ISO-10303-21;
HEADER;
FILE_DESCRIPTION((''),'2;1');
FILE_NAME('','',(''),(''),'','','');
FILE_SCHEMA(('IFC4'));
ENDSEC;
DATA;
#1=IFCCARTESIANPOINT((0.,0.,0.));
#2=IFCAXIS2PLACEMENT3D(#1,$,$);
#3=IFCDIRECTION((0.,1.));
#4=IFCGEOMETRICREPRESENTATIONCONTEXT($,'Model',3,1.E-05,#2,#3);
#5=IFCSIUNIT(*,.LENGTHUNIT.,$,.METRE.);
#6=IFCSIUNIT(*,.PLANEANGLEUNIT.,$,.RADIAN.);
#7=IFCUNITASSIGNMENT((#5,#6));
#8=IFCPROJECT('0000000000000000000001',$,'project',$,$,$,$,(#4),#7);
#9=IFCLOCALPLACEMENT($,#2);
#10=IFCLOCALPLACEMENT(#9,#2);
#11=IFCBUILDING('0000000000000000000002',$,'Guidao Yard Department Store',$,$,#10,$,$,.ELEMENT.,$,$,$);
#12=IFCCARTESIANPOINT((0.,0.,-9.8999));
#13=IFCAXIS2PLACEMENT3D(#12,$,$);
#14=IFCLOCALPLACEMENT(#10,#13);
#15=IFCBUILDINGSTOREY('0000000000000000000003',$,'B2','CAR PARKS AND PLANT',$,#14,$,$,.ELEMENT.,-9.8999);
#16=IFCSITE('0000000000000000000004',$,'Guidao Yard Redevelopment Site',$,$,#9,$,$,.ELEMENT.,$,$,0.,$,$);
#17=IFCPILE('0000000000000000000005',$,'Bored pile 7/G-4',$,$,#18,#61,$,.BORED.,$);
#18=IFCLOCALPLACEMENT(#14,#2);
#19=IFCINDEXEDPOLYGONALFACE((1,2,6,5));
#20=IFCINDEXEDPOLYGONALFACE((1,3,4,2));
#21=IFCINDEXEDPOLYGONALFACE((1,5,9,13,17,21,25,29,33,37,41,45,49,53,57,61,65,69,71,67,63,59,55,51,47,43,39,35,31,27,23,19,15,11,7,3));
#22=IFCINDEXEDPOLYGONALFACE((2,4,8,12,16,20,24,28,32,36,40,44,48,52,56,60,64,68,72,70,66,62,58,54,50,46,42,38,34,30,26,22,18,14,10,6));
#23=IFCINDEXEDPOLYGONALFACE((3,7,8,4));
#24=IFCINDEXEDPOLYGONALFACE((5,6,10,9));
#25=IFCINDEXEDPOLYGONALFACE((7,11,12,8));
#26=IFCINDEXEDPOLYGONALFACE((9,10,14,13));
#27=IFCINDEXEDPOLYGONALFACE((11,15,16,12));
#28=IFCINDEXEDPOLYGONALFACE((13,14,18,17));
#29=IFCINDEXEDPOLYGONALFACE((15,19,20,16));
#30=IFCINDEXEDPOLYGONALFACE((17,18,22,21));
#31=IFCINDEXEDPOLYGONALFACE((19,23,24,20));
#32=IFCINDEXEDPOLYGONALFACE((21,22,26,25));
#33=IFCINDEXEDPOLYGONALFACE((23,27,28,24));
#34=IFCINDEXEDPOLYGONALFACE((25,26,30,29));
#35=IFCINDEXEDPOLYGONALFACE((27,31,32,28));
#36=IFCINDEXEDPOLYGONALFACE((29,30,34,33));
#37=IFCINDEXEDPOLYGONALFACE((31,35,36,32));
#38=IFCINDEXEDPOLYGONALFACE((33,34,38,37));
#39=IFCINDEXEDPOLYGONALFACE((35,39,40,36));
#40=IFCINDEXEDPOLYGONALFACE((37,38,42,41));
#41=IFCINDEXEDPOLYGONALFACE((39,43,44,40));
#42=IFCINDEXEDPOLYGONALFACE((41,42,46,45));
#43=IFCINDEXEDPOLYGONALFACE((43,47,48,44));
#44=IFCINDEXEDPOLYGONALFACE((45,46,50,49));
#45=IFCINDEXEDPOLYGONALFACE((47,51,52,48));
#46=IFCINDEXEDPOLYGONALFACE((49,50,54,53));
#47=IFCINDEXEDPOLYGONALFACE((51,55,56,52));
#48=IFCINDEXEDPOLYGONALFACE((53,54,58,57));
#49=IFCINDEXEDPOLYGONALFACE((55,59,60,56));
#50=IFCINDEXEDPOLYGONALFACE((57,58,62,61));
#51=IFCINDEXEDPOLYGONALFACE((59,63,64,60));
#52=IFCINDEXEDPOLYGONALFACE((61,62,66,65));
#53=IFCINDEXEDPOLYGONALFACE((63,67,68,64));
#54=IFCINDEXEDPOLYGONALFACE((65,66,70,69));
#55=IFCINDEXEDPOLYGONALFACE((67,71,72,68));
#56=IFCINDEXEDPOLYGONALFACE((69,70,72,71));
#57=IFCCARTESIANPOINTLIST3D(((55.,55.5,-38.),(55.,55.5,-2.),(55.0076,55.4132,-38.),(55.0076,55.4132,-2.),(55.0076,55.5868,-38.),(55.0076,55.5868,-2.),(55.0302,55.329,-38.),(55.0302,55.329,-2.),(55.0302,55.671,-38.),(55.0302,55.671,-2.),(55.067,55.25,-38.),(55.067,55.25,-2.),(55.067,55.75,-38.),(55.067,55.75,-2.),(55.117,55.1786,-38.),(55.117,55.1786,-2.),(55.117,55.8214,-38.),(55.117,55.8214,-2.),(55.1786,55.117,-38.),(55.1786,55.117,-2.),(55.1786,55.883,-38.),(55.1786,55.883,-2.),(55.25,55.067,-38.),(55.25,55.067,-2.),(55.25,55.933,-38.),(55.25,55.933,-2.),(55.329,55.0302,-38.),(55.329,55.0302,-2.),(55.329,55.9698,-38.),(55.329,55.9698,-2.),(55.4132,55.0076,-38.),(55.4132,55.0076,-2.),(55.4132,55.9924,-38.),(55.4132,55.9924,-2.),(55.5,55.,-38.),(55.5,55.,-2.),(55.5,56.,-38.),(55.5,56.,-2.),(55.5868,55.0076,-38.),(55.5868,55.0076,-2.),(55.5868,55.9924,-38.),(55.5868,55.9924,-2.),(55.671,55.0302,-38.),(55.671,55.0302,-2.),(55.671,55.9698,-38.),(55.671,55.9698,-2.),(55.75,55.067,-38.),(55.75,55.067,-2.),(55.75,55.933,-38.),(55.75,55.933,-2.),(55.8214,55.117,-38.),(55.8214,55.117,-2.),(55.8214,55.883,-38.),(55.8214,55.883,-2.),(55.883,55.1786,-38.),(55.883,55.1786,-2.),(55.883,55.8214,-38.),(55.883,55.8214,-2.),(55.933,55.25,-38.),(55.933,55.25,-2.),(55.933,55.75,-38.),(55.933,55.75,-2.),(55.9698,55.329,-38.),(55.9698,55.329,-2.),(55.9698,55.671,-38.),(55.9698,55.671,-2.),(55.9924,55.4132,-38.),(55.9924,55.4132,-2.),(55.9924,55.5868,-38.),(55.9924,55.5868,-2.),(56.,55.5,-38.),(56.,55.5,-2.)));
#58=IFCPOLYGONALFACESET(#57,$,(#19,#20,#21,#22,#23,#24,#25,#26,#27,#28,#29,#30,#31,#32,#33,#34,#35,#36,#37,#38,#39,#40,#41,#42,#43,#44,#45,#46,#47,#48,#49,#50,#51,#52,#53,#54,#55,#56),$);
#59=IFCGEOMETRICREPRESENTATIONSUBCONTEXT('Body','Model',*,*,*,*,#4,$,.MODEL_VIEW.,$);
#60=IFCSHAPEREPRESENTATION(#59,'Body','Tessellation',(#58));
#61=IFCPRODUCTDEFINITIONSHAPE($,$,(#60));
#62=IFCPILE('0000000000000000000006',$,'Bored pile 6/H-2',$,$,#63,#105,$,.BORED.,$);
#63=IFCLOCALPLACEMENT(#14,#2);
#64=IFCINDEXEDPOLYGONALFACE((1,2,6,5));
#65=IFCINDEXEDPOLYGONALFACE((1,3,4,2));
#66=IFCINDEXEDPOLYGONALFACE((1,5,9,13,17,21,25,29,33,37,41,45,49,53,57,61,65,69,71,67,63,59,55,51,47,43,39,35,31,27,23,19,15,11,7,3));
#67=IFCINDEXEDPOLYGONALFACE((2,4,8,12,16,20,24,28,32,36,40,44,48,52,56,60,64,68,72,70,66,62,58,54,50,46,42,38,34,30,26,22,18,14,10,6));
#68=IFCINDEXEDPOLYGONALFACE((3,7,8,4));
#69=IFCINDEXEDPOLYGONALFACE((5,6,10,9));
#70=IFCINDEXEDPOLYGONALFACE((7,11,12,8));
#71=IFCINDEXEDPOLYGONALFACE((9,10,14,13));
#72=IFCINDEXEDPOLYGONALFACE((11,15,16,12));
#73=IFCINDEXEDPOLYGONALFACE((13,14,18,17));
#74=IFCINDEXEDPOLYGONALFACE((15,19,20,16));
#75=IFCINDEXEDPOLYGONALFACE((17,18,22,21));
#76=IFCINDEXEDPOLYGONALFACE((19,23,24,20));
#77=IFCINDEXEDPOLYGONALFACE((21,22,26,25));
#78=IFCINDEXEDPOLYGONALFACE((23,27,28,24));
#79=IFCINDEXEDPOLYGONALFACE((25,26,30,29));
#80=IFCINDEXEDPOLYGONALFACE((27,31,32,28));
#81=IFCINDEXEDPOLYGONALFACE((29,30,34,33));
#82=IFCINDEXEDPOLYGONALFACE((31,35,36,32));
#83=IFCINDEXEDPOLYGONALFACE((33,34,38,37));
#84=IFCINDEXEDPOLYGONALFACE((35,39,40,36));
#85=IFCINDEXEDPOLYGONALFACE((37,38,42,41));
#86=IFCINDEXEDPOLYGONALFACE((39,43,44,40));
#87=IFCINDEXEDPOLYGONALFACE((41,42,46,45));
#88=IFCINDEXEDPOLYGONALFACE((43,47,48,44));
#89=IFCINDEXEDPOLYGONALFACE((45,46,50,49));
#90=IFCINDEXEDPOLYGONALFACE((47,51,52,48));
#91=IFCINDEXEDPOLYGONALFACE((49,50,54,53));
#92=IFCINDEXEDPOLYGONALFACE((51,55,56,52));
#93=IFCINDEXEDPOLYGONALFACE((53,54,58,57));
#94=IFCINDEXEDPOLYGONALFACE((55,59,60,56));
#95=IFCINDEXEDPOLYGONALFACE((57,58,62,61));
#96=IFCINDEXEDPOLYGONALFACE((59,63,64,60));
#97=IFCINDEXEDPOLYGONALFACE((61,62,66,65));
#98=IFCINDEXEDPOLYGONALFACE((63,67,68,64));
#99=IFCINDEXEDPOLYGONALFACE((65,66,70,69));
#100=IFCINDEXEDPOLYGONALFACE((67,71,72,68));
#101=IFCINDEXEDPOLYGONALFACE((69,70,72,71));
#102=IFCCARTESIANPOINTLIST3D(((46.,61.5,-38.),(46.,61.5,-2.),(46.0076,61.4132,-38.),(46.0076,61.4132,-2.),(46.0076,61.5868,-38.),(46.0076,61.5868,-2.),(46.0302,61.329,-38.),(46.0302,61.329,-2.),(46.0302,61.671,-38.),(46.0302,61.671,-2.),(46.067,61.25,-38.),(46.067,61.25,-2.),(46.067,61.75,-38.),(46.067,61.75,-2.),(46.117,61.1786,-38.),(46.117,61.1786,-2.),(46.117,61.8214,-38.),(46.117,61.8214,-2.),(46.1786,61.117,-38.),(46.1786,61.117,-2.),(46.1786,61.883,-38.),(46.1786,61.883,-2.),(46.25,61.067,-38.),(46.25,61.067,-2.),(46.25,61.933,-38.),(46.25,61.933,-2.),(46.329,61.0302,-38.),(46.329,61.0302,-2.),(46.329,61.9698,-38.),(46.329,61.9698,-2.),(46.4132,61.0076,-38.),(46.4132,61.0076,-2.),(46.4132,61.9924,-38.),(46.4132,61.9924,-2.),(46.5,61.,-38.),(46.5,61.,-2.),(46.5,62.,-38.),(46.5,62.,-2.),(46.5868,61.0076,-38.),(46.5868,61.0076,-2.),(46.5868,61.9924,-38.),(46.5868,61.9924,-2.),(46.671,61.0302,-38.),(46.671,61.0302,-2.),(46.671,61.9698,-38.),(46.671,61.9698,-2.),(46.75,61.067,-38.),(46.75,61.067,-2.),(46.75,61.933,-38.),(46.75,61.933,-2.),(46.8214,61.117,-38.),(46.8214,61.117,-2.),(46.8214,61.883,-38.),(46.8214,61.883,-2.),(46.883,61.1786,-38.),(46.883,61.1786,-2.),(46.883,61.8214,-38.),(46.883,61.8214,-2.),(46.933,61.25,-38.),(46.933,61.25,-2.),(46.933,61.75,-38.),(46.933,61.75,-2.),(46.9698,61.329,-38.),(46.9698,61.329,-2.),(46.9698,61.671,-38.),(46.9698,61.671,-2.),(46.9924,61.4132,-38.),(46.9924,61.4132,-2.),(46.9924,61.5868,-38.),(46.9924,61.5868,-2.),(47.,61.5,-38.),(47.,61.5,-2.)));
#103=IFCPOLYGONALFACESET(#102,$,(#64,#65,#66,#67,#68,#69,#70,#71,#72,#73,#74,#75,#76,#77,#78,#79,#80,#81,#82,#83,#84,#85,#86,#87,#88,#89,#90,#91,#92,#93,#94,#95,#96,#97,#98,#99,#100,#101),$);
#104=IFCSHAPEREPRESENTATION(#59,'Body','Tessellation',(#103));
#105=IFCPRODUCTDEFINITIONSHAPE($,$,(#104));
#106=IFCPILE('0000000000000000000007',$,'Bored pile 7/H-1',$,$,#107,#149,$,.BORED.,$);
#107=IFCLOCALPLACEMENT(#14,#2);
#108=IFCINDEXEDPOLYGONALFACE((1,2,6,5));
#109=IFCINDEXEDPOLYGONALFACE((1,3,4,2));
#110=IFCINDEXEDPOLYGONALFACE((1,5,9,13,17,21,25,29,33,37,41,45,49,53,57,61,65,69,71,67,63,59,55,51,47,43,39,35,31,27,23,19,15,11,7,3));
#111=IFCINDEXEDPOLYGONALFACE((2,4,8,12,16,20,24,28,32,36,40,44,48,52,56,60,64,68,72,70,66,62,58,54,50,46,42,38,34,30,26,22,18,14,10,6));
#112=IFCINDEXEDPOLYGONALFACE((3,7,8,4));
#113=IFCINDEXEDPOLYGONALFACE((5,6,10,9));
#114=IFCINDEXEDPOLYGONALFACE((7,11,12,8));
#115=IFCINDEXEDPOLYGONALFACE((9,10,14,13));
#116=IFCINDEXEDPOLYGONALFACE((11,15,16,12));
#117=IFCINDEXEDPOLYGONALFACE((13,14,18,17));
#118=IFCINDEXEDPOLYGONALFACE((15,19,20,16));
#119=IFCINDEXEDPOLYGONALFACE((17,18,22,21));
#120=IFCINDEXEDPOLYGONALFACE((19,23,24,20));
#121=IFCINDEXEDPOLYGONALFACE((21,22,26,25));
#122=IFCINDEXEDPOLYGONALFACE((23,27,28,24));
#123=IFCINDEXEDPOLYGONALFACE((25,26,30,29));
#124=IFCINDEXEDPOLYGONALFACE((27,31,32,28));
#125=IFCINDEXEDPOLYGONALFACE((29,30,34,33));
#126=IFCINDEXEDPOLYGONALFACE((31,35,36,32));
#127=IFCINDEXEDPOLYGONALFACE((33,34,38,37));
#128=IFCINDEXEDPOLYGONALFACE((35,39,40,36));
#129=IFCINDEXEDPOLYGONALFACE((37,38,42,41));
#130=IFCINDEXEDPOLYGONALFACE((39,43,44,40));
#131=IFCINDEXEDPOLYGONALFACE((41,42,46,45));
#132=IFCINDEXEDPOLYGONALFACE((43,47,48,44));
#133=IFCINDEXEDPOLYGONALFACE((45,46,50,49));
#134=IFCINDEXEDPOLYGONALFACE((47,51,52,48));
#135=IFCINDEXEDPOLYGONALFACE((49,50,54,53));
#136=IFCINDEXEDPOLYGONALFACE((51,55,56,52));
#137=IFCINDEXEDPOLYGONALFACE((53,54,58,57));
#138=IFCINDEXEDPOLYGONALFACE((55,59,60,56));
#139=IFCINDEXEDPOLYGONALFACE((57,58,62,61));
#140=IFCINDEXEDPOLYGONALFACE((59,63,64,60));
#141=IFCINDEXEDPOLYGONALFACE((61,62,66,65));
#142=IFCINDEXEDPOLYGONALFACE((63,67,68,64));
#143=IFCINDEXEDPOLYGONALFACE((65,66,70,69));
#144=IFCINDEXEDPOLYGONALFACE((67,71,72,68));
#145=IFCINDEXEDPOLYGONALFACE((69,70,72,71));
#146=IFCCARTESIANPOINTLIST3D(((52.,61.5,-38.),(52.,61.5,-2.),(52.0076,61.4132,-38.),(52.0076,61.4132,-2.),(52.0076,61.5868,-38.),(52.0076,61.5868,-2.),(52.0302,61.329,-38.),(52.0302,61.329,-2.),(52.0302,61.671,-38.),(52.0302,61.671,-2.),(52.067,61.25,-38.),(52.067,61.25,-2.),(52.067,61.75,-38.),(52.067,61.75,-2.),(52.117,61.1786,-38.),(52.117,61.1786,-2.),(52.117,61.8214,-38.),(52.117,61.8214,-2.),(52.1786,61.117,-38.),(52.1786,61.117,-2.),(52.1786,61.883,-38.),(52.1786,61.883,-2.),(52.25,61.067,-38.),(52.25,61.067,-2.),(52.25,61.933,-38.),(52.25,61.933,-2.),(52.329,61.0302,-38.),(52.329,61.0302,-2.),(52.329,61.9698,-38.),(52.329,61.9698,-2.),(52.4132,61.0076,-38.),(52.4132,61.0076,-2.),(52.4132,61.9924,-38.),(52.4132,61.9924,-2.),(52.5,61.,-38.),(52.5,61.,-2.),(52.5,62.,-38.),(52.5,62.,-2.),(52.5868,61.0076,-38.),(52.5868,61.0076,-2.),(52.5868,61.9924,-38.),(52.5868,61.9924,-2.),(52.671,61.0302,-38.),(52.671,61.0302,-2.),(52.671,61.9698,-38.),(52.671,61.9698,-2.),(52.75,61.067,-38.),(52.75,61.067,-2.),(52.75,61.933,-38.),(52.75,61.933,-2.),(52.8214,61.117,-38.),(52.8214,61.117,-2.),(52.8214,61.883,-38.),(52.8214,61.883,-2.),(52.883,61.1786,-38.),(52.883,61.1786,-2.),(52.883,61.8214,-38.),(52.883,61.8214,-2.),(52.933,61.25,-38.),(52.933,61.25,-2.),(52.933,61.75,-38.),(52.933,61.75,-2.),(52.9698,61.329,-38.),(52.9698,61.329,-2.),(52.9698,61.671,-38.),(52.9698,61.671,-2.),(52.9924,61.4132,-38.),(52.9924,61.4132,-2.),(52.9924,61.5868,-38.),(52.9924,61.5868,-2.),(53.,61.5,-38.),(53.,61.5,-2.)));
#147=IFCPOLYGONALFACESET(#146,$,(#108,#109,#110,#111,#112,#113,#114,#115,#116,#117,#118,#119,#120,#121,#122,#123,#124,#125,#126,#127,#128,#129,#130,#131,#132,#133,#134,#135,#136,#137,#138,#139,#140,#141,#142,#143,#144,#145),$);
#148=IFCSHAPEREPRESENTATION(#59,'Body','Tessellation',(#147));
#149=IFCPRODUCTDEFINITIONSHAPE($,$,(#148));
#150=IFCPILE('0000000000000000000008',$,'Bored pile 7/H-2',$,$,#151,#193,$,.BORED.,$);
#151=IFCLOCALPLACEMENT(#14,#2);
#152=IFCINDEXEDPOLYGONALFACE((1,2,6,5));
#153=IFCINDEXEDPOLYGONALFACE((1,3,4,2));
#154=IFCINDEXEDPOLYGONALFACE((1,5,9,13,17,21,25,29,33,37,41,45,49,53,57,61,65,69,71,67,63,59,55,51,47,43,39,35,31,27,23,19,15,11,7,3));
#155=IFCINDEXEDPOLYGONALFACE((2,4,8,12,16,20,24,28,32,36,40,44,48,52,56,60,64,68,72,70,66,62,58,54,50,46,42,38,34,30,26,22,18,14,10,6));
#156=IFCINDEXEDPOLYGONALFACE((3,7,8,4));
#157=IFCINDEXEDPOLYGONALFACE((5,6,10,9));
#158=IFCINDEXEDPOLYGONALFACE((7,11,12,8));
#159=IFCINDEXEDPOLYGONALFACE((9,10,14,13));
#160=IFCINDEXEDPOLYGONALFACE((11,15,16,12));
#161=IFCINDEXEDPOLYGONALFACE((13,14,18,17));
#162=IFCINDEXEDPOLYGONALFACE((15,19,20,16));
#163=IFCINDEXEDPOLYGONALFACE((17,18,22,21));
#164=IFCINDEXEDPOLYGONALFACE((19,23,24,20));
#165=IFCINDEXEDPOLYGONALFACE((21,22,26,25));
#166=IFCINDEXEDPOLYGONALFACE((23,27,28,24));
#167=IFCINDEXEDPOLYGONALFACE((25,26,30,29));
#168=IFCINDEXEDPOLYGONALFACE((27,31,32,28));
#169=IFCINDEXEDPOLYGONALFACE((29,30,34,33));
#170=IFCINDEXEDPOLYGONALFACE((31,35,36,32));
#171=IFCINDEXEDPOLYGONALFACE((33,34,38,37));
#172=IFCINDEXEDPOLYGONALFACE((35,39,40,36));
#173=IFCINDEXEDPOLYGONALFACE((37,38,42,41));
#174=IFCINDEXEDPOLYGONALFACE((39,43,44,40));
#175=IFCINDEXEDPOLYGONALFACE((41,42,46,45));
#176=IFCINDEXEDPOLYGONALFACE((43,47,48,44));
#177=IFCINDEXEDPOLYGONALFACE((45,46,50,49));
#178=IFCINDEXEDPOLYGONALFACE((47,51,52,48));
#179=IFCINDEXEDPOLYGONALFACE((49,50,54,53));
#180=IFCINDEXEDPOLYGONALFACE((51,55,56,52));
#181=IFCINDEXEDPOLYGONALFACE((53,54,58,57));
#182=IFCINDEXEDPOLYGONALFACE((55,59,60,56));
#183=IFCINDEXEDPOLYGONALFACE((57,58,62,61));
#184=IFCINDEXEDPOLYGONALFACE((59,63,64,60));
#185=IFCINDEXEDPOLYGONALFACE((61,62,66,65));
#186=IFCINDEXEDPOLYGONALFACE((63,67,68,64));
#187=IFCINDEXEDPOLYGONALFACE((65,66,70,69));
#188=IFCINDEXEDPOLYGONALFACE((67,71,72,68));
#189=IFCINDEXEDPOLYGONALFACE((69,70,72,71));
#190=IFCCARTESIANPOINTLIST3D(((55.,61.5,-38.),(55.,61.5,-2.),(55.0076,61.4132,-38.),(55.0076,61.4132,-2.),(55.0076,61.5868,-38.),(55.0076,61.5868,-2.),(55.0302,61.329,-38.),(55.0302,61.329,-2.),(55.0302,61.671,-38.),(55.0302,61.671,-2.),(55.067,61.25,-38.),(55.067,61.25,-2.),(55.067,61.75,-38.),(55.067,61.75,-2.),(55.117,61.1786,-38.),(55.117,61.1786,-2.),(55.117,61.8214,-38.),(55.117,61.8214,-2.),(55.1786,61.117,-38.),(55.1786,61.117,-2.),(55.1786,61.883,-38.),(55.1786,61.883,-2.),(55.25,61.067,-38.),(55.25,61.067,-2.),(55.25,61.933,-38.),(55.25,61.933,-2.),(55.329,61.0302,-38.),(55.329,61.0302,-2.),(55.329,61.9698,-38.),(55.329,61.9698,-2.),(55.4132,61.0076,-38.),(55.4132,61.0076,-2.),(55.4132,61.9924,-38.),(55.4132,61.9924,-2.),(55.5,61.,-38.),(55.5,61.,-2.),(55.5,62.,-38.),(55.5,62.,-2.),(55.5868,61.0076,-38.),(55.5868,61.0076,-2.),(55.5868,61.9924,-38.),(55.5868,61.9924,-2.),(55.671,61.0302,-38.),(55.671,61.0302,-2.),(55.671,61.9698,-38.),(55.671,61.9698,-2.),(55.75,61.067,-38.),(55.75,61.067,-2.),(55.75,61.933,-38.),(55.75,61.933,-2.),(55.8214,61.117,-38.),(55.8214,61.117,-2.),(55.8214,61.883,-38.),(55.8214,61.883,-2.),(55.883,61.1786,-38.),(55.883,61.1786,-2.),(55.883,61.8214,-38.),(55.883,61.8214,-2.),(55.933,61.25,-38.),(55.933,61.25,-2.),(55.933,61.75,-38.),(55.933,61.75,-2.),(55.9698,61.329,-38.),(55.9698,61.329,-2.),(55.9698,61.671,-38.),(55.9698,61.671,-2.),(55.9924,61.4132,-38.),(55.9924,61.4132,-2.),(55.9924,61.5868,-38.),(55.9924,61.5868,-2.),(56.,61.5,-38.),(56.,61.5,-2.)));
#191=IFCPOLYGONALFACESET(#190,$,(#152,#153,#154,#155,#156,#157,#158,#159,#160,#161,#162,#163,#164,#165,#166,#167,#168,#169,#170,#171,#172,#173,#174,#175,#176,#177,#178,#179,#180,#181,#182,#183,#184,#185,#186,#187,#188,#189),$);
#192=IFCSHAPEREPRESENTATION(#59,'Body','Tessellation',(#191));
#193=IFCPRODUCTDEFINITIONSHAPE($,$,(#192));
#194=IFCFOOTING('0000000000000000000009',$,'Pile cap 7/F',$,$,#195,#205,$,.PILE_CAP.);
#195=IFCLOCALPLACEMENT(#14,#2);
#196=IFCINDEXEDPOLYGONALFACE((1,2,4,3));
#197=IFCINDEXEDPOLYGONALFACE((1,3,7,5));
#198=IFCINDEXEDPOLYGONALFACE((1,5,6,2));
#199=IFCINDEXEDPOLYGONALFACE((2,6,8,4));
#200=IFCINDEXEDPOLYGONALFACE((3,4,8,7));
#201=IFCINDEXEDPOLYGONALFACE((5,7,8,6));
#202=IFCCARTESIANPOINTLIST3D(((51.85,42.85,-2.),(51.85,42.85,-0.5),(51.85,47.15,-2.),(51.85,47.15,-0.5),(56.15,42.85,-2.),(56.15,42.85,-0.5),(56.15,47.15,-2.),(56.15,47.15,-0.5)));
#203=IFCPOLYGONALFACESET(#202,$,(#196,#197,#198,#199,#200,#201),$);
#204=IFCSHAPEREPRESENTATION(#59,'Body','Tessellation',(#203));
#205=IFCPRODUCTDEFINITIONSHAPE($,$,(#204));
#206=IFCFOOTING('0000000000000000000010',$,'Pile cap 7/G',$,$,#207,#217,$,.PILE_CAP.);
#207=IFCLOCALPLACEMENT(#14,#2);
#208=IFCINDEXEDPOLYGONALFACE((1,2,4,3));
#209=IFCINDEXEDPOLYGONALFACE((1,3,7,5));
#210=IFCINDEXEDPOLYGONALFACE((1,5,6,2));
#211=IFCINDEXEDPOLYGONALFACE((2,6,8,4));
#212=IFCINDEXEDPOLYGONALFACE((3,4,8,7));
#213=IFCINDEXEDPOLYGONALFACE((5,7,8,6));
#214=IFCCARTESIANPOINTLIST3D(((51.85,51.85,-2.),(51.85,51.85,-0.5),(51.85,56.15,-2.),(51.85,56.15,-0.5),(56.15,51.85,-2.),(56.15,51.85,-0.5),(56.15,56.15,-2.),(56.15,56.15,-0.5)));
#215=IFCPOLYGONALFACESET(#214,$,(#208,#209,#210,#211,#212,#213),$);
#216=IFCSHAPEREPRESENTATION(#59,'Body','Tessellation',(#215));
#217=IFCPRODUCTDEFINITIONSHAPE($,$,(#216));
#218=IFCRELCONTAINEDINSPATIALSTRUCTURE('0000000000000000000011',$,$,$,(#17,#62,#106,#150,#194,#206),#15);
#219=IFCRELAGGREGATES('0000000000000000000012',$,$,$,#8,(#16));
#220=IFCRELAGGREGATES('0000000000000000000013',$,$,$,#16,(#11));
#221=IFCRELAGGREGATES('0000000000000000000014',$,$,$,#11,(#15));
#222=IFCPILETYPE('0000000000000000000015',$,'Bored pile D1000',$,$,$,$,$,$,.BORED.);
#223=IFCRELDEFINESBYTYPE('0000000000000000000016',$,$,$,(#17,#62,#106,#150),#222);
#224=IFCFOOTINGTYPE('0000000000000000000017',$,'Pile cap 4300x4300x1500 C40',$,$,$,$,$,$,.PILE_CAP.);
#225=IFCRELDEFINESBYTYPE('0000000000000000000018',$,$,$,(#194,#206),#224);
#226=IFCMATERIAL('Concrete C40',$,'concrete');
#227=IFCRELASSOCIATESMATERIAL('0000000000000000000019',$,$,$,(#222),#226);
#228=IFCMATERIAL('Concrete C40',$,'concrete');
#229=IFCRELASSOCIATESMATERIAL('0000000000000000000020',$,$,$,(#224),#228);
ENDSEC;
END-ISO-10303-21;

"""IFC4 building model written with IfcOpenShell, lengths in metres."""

from ifc_helpers import new_model, si_unit, direction, frame, origin, origin_2d, place, context, subcontext, project, spatial, rectangle, circle, extrude, material, material_profile, profile_set, type_object, element, save


model = new_model("IFC4")

# Units and contexts
model_context = context("Model", 3, precision=1e-05, world=origin(), true_north=direction((0.0, 1.0)))
body_context = subcontext(model_context, "Body", "Model", "MODEL_VIEW")
ifc_project = project(units=[si_unit("LENGTHUNIT", "METRE"), si_unit("PLANEANGLEUNIT", "RADIAN")], contexts=[model_context])

# Site, building, storey
site_placement = place(None, origin())
site = spatial("IfcSite", under=ifc_project, at=site_placement, Name="Guidao Yard Redevelopment Site", CompositionType="ELEMENT", RefElevation=0.0)
building_placement = place(site_placement, origin())
building = spatial("IfcBuilding", under=site, at=building_placement, Name="Guidao Yard Department Store", CompositionType="ELEMENT")
storey_placement = place(building_placement, frame((0.0, 0.0, -9.8999)))
storey = spatial("IfcBuildingStorey", under=building, at=storey_placement, Name="B2", Description="CAR PARKS AND PLANT", CompositionType="ELEMENT", Elevation=-9.8999)

# Piles
ifc_material_1 = material(Name="Concrete C40", Category="concrete")
ifc_material_profile_1 = material_profile(ifc_material_1, circle(Radius=0.5, at=origin_2d()), Name="Bored pile D1000")
ifc_profile_set_1 = profile_set([ifc_material_profile_1], Name="Concrete C40")
pile_type = type_object("IfcPileType", Name="Bored pile D1000", PredefinedType="BORED", material=ifc_profile_set_1)
for number, where, z_axis, x_axis, name in (
    (1, (55.5, 55.5, -2.0), (0.0, 0.0, -1.0), (1.0, 0.0, 0.0), "Bored pile 7/G-4"),
    (2, (46.5, 61.5, -2.0), (0.0, 0.0, -1.0), (1.0, 0.0, 0.0), "Bored pile 6/H-2"),
    (3, (52.5, 61.5, -2.0), (0.0, 0.0, -1.0), (1.0, 0.0, 0.0), "Bored pile 7/H-1"),
    (4, (55.5, 61.5, -2.0), (0.0, 0.0, -1.0), (1.0, 0.0, 0.0), "Bored pile 7/H-2"),
):
    element("IfcPile", number, at=place(storey_placement, frame(where, z_axis=z_axis, x_axis=x_axis)), inside=storey, type_object=pile_type, Name=name, PredefinedType="BORED", context=body_context, shape_type="SweptSolid", body=[
        extrude(circle(Radius=0.5, at=origin_2d()), origin(), (0.0, 0.0, 1.0), 36.0),
    ])

# Footings
ifc_material_2 = material(Name="Concrete C40", Category="concrete")
footing_type = type_object("IfcFootingType", Name="Pile cap 4300x4300x1500 C40", PredefinedType="PILE_CAP", material=ifc_material_2)
for number, where, z_axis, x_axis, name in (
    (5, (54.0, 45.0, -2.0), (0.0, 0.0, 1.0), (1.0, 0.0, 0.0), "Pile cap 7/F"),
    (6, (54.0, 54.0, -2.0), (0.0, 0.0, 1.0), (1.0, 0.0, 0.0), "Pile cap 7/G"),
):
    element("IfcFooting", number, at=place(storey_placement, frame(where, z_axis=z_axis, x_axis=x_axis)), inside=storey, type_object=footing_type, Name=name, PredefinedType="PILE_CAP", context=body_context, shape_type="SweptSolid", body=[
        extrude(rectangle(XDim=4.3, YDim=4.3, at=origin_2d()), origin(), (0.0, 0.0, 1.0), 1.5),
    ])

save(model, "model.ifc")
